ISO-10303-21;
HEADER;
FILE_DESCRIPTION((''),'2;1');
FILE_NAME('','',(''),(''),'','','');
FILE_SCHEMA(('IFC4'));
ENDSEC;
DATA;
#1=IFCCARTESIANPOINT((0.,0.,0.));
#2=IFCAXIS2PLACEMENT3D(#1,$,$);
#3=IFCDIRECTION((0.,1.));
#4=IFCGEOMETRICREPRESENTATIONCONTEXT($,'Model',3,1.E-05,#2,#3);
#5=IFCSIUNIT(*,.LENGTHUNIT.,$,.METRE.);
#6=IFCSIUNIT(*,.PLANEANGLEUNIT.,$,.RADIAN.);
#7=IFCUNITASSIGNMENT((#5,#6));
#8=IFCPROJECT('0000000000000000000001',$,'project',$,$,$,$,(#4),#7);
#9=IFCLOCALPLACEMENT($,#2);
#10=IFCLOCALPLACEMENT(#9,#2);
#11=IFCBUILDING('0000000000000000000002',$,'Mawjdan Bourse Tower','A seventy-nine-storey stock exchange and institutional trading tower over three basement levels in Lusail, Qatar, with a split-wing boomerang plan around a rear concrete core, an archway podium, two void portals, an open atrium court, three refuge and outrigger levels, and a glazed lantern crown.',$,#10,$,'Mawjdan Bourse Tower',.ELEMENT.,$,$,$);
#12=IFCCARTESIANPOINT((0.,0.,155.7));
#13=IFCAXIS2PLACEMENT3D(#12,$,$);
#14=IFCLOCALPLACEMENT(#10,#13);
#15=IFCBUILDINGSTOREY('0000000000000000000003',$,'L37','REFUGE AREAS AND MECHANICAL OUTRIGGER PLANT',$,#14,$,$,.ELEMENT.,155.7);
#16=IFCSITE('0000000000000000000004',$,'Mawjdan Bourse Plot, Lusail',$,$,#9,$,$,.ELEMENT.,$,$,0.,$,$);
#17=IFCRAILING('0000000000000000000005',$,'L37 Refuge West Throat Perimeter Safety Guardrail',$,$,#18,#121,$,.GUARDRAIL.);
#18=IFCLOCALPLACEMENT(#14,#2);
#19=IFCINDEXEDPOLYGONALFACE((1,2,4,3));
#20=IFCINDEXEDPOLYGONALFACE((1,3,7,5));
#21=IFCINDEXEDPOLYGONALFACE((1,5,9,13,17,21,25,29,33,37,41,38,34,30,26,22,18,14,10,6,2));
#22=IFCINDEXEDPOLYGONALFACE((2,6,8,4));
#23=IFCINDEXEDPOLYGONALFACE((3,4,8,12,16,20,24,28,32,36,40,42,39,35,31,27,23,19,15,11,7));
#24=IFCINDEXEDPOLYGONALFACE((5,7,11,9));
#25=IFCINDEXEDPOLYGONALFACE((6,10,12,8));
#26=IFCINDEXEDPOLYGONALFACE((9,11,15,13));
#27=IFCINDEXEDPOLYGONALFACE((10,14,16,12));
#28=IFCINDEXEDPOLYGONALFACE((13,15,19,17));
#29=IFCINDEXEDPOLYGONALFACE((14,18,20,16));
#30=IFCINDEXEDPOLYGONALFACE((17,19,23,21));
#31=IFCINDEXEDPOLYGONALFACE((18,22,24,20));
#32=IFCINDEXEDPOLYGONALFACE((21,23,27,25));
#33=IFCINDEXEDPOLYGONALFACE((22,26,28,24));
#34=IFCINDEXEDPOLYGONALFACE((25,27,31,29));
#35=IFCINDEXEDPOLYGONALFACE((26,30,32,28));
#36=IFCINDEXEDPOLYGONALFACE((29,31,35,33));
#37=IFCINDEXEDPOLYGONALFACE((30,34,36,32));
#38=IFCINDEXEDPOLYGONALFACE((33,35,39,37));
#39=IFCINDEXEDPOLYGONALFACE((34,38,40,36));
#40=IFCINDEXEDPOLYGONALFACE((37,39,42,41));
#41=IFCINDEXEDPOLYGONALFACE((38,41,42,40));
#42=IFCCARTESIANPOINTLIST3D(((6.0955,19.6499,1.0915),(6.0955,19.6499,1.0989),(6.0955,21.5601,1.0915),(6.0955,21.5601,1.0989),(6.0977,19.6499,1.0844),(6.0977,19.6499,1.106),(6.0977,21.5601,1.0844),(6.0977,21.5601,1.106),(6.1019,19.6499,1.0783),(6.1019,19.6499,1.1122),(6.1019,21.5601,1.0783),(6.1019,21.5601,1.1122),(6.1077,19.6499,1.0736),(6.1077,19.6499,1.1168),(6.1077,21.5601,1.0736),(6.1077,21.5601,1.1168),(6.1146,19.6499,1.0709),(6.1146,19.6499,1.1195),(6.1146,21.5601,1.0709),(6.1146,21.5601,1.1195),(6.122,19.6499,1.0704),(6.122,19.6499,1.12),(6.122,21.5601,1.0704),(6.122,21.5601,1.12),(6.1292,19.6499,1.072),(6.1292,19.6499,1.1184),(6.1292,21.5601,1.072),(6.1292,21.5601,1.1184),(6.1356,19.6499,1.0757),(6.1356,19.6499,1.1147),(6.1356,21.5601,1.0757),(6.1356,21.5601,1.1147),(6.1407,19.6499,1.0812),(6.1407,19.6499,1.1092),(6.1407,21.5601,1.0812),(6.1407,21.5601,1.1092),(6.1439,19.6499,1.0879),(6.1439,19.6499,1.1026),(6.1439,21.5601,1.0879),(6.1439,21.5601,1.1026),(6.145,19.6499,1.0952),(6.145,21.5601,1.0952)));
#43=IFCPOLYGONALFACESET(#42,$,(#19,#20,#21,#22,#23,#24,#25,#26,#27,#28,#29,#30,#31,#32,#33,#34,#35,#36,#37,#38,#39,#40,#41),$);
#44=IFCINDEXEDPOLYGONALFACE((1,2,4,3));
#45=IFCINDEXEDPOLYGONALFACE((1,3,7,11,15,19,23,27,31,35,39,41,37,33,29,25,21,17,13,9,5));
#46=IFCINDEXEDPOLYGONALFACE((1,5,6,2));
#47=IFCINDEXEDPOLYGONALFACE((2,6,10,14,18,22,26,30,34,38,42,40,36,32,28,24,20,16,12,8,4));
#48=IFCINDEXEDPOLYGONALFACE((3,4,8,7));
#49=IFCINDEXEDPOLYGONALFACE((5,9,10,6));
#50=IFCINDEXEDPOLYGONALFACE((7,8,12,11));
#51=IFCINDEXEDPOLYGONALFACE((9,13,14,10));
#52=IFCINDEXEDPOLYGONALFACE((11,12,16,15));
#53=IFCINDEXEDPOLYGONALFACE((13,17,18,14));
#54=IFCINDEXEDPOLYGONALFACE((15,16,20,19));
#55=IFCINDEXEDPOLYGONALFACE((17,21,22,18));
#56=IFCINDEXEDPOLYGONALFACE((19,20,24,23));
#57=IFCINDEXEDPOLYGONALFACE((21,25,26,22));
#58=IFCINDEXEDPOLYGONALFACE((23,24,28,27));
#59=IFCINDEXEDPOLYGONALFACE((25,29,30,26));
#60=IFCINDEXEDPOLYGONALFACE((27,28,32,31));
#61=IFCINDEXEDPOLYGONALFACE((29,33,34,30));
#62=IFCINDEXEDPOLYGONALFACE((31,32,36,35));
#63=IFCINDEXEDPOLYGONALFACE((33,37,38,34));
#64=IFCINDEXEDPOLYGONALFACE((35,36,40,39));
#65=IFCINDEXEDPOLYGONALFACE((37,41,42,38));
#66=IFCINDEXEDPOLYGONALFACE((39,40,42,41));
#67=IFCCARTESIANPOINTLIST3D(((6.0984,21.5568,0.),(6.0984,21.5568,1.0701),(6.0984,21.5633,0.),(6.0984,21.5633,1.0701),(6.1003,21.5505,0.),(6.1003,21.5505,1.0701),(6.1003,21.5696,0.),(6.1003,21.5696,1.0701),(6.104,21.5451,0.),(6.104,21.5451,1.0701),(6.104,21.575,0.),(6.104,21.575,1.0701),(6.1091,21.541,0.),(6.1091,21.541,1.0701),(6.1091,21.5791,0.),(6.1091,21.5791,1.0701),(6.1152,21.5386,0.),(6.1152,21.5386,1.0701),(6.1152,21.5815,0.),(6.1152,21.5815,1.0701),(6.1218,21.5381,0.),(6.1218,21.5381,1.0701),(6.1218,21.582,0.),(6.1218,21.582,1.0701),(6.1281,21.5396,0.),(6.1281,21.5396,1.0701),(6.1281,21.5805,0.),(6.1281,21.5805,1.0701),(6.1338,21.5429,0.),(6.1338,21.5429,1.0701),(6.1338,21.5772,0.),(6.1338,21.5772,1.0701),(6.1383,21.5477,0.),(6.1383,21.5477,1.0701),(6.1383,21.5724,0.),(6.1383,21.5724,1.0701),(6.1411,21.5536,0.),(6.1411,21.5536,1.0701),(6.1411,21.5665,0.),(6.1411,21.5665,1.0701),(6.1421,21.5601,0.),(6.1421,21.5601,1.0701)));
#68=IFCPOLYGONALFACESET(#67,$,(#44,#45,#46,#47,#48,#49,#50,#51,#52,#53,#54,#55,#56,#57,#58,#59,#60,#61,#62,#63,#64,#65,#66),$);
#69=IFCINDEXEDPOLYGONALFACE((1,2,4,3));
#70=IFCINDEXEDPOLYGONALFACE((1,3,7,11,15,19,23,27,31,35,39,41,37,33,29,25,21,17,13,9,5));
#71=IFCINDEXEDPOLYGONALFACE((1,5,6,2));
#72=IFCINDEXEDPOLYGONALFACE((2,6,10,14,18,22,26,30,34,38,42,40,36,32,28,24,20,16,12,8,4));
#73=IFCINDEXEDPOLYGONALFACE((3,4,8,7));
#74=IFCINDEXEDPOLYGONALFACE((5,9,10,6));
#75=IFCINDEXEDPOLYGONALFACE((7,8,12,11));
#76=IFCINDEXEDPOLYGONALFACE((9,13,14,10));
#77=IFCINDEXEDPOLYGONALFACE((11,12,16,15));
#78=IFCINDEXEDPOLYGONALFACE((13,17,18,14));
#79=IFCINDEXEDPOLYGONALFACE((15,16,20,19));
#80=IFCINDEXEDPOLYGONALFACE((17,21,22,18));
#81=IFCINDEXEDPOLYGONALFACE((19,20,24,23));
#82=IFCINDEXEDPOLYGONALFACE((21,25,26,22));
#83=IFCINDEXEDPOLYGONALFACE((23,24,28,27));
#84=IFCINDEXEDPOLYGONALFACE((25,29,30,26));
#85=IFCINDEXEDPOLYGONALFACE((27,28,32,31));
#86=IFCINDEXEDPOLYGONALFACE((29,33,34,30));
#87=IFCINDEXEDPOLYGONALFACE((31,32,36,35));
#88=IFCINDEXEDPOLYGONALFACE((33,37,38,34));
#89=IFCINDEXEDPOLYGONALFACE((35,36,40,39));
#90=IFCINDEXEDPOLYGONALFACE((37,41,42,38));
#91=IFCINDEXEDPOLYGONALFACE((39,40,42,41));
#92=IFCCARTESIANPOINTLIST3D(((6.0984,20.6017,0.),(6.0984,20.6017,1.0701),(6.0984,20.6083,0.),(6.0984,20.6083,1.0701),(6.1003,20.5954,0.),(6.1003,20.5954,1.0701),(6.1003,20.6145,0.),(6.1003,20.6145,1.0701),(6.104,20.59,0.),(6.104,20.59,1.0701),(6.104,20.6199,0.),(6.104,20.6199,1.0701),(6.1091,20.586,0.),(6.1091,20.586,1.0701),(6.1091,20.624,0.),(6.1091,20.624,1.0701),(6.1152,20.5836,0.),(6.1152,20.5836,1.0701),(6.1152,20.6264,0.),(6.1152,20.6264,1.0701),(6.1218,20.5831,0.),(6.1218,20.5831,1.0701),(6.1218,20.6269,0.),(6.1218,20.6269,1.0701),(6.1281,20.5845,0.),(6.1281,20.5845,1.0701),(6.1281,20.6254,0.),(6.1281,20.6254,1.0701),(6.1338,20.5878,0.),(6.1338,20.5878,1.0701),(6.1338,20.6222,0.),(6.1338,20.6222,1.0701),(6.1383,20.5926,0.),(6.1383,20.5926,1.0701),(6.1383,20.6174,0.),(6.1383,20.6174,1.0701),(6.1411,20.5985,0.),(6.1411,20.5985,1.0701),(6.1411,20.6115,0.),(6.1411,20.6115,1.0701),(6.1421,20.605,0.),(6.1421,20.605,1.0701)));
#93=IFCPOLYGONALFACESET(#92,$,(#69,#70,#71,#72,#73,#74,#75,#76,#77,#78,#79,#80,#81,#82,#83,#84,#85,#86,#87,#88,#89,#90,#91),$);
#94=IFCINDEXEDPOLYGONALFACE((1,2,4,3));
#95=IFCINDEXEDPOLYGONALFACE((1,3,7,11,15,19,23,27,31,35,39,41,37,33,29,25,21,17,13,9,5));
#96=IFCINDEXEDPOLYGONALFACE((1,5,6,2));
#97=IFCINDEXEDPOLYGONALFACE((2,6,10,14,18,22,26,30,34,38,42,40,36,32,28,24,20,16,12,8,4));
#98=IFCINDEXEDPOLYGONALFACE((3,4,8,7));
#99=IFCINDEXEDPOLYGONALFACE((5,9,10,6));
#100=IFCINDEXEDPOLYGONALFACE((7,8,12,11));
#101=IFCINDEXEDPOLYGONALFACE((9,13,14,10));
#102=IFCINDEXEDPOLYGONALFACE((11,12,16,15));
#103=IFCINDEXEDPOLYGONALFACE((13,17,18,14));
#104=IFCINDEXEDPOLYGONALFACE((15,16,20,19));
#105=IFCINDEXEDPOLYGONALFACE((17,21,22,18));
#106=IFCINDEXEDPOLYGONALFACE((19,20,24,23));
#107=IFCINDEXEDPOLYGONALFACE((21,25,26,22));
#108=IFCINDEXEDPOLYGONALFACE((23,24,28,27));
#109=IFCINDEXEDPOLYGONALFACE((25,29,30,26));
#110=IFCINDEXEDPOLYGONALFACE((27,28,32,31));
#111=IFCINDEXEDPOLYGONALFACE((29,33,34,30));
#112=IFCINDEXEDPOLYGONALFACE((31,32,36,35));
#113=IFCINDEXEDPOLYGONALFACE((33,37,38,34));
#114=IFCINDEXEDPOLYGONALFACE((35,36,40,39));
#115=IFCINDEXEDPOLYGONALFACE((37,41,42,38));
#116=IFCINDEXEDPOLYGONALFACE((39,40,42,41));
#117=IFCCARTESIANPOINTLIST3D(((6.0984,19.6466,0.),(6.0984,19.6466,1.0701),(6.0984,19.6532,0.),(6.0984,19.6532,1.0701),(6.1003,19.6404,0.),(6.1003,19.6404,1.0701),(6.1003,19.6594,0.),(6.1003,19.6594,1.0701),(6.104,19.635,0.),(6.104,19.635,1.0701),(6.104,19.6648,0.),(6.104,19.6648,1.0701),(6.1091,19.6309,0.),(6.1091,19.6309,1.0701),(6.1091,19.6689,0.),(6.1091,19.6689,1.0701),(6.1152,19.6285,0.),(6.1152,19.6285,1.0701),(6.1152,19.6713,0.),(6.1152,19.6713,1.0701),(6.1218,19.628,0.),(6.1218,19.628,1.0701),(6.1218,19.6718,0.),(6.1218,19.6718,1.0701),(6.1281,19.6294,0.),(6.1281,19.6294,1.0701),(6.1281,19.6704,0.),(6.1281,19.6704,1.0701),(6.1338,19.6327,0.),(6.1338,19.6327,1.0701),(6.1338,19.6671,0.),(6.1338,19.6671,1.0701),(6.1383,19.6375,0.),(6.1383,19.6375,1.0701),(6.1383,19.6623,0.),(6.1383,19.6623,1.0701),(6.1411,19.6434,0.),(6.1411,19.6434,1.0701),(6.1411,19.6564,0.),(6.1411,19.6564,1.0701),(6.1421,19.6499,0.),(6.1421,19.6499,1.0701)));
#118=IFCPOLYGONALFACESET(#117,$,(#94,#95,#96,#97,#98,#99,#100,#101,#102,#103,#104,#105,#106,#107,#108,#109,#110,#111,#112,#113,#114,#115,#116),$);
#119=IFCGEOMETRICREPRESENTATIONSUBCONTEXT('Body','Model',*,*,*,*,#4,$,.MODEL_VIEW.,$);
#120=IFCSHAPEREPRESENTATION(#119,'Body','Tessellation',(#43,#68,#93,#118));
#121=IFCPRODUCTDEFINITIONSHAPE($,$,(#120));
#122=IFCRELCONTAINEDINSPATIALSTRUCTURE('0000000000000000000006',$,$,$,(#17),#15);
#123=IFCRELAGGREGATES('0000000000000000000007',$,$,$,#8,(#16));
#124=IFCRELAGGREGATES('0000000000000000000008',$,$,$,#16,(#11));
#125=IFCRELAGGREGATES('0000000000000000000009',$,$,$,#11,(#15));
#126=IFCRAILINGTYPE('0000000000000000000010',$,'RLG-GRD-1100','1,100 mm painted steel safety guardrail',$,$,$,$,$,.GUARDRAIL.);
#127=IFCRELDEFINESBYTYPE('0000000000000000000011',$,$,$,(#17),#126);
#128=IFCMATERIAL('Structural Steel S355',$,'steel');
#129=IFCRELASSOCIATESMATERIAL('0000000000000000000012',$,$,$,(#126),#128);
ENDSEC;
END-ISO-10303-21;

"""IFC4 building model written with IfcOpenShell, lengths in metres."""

from ifc_helpers import new_model, si_unit, direction, frame, origin, origin_2d, place, context, subcontext, project, spatial, circle, extrude, material, type_object, element, save


model = new_model("IFC4")

# Units and contexts
model_context = context("Model", 3, precision=1e-05, world=origin(), true_north=direction((0.0, 1.0)))
body_context = subcontext(model_context, "Body", "Model", "MODEL_VIEW")
ifc_project = project(units=[si_unit("LENGTHUNIT", "METRE"), si_unit("PLANEANGLEUNIT", "RADIAN")], contexts=[model_context])

# Site, building, storey
site_placement = place(None, origin())
site = spatial("IfcSite", under=ifc_project, at=site_placement, Name="Mawjdan Bourse Plot, Lusail", CompositionType="ELEMENT", RefElevation=0.0)
building_placement = place(site_placement, origin())
building = spatial("IfcBuilding", under=site, at=building_placement, Name="Mawjdan Bourse Tower", Description="A seventy-nine-storey stock exchange and institutional trading tower over three basement levels in Lusail, Qatar, with a split-wing boomerang plan around a rear concrete core, an archway podium, two void portals, an open atrium court, three refuge and outrigger levels, and a glazed lantern crown.", LongName="Mawjdan Bourse Tower", CompositionType="ELEMENT")
storey_placement = place(building_placement, frame((0.0, 0.0, 155.7)))
storey = spatial("IfcBuildingStorey", under=building, at=storey_placement, Name="L37", Description="REFUGE AREAS AND MECHANICAL OUTRIGGER PLANT", CompositionType="ELEMENT", Elevation=155.7)

# Shared definitions
ifc_material_1 = material(Name="Structural Steel S355", Category="steel")

# Railing
railing_type_1 = type_object("IfcRailingType", Name="RLG-GRD-1100", Description="1,100 mm painted steel safety guardrail", PredefinedType="GUARDRAIL", material=ifc_material_1)
railing_1_placement = place(storey_placement, frame((6.1201, 21.5601, 0.0)))
element("IfcRailing", 1, at=railing_1_placement, inside=storey, type_object=railing_type_1, Name="L37 Refuge West Throat Perimeter Safety Guardrail", PredefinedType="GUARDRAIL", context=body_context, shape_type="SweptSolid", body=[
    extrude(circle(Radius=0.0249, at=origin_2d()), frame((0.0, 0.0, 1.0952), z_axis=(0.0, -1.0, 0.0), x_axis=(1.0, 0.0, 0.0)), (0.0, 0.0, 1.0), 1.9102),
    extrude(circle(Radius=0.022, at=origin_2d()), origin(), (0.0, 0.0, 1.0), 1.0701),
    extrude(circle(Radius=0.022, at=origin_2d()), frame((0.0, -0.9551, 0.0)), (0.0, 0.0, 1.0), 1.0701),
    extrude(circle(Radius=0.022, at=origin_2d()), frame((0.0, -1.9102, 0.0)), (0.0, 0.0, 1.0), 1.0701),
])

save(model, "model.ifc")
